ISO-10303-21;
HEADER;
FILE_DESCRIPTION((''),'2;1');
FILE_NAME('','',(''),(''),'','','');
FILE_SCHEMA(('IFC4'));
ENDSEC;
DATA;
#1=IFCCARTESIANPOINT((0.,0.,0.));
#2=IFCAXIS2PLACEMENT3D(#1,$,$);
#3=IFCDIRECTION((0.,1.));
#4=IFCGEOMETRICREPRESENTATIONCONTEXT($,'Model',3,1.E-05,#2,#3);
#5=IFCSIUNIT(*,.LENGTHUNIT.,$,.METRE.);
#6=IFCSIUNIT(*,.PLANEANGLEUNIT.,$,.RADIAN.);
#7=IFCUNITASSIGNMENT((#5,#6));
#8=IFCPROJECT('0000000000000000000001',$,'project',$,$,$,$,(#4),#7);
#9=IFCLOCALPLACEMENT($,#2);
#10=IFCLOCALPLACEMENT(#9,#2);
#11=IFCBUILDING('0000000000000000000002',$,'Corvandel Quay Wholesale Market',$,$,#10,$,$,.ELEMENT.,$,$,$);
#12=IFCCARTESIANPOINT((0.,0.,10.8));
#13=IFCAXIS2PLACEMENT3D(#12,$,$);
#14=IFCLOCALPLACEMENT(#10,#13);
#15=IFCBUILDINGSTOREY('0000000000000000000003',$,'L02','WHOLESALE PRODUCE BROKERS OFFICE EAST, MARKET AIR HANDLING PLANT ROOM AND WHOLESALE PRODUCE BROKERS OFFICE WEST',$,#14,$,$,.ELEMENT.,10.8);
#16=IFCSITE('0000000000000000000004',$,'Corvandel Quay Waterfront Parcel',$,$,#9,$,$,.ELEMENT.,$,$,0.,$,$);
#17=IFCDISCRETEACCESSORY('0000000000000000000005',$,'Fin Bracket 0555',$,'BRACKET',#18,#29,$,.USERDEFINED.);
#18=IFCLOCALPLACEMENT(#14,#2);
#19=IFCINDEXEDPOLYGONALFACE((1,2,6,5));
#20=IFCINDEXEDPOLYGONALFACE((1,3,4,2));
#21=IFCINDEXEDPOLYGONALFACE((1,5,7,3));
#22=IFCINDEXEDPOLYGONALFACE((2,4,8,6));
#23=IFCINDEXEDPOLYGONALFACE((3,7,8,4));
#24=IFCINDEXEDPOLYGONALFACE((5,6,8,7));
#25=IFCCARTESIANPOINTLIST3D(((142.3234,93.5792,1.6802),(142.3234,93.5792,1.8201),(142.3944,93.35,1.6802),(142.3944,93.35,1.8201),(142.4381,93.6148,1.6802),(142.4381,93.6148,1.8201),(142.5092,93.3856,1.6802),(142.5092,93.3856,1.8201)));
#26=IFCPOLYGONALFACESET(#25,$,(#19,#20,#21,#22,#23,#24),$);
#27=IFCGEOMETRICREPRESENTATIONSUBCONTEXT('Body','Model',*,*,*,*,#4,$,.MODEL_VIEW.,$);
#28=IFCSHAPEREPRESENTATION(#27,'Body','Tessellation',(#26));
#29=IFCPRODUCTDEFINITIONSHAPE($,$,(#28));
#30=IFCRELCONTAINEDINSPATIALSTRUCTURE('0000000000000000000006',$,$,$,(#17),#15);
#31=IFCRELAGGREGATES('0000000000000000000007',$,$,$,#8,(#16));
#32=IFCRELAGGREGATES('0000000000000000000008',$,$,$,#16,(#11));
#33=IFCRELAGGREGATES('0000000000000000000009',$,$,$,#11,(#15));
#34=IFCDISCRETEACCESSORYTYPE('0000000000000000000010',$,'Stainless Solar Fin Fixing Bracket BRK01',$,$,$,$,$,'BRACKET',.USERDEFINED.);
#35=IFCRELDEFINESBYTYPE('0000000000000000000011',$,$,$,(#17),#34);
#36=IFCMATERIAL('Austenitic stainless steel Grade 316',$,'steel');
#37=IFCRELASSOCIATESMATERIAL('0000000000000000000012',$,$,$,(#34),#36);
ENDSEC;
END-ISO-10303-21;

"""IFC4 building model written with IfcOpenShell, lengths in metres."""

from ifc_helpers import new_model, si_unit, direction, frame, origin, origin_2d, place, context, subcontext, project, spatial, rectangle, extrude, material, type_object, element, save


model = new_model("IFC4")

# Units and contexts
model_context = context("Model", 3, precision=1e-05, world=origin(), true_north=direction((0.0, 1.0)))
body_context = subcontext(model_context, "Body", "Model", "MODEL_VIEW")
ifc_project = project(units=[si_unit("LENGTHUNIT", "METRE"), si_unit("PLANEANGLEUNIT", "RADIAN")], contexts=[model_context])

# Site, building, storey
site_placement = place(None, origin())
site = spatial("IfcSite", under=ifc_project, at=site_placement, Name="Corvandel Quay Waterfront Parcel", CompositionType="ELEMENT", RefElevation=0.0)
building_placement = place(site_placement, origin())
building = spatial("IfcBuilding", under=site, at=building_placement, Name="Corvandel Quay Wholesale Market", CompositionType="ELEMENT")
storey_placement = place(building_placement, frame((0.0, 0.0, 10.8)))
storey = spatial("IfcBuildingStorey", under=building, at=storey_placement, Name="L02", Description="WHOLESALE PRODUCE BROKERS OFFICE EAST, MARKET AIR HANDLING PLANT ROOM AND WHOLESALE PRODUCE BROKERS OFFICE WEST", CompositionType="ELEMENT", Elevation=10.8)

# Discrete accessory
ifc_material_1 = material(Name="Austenitic stainless steel Grade 316", Category="steel")
discrete_accessory_type = type_object("IfcDiscreteAccessoryType", Name="Stainless Solar Fin Fixing Bracket BRK01", ElementType="BRACKET", PredefinedType="USERDEFINED", material=ifc_material_1)
for number, where, z_axis, x_axis, name in (
    (1, (142.4163, 93.4824, 1.6802), (0.0, 0.0, 1.0), (-0.296208, 0.955123, 0.0), "Fin Bracket 0555"),
):
    element("IfcDiscreteAccessory", number, at=place(storey_placement, frame(where, z_axis=z_axis, x_axis=x_axis)), inside=storey, type_object=discrete_accessory_type, Name=name, ObjectType="BRACKET", PredefinedType="USERDEFINED", context=body_context, shape_type="SweptSolid", body=[
        extrude(rectangle(XDim=0.24, YDim=0.1201, at=origin_2d()), origin(), (0.0, 0.0, 1.0), 0.1399),
    ])

save(model, "model.ifc")
